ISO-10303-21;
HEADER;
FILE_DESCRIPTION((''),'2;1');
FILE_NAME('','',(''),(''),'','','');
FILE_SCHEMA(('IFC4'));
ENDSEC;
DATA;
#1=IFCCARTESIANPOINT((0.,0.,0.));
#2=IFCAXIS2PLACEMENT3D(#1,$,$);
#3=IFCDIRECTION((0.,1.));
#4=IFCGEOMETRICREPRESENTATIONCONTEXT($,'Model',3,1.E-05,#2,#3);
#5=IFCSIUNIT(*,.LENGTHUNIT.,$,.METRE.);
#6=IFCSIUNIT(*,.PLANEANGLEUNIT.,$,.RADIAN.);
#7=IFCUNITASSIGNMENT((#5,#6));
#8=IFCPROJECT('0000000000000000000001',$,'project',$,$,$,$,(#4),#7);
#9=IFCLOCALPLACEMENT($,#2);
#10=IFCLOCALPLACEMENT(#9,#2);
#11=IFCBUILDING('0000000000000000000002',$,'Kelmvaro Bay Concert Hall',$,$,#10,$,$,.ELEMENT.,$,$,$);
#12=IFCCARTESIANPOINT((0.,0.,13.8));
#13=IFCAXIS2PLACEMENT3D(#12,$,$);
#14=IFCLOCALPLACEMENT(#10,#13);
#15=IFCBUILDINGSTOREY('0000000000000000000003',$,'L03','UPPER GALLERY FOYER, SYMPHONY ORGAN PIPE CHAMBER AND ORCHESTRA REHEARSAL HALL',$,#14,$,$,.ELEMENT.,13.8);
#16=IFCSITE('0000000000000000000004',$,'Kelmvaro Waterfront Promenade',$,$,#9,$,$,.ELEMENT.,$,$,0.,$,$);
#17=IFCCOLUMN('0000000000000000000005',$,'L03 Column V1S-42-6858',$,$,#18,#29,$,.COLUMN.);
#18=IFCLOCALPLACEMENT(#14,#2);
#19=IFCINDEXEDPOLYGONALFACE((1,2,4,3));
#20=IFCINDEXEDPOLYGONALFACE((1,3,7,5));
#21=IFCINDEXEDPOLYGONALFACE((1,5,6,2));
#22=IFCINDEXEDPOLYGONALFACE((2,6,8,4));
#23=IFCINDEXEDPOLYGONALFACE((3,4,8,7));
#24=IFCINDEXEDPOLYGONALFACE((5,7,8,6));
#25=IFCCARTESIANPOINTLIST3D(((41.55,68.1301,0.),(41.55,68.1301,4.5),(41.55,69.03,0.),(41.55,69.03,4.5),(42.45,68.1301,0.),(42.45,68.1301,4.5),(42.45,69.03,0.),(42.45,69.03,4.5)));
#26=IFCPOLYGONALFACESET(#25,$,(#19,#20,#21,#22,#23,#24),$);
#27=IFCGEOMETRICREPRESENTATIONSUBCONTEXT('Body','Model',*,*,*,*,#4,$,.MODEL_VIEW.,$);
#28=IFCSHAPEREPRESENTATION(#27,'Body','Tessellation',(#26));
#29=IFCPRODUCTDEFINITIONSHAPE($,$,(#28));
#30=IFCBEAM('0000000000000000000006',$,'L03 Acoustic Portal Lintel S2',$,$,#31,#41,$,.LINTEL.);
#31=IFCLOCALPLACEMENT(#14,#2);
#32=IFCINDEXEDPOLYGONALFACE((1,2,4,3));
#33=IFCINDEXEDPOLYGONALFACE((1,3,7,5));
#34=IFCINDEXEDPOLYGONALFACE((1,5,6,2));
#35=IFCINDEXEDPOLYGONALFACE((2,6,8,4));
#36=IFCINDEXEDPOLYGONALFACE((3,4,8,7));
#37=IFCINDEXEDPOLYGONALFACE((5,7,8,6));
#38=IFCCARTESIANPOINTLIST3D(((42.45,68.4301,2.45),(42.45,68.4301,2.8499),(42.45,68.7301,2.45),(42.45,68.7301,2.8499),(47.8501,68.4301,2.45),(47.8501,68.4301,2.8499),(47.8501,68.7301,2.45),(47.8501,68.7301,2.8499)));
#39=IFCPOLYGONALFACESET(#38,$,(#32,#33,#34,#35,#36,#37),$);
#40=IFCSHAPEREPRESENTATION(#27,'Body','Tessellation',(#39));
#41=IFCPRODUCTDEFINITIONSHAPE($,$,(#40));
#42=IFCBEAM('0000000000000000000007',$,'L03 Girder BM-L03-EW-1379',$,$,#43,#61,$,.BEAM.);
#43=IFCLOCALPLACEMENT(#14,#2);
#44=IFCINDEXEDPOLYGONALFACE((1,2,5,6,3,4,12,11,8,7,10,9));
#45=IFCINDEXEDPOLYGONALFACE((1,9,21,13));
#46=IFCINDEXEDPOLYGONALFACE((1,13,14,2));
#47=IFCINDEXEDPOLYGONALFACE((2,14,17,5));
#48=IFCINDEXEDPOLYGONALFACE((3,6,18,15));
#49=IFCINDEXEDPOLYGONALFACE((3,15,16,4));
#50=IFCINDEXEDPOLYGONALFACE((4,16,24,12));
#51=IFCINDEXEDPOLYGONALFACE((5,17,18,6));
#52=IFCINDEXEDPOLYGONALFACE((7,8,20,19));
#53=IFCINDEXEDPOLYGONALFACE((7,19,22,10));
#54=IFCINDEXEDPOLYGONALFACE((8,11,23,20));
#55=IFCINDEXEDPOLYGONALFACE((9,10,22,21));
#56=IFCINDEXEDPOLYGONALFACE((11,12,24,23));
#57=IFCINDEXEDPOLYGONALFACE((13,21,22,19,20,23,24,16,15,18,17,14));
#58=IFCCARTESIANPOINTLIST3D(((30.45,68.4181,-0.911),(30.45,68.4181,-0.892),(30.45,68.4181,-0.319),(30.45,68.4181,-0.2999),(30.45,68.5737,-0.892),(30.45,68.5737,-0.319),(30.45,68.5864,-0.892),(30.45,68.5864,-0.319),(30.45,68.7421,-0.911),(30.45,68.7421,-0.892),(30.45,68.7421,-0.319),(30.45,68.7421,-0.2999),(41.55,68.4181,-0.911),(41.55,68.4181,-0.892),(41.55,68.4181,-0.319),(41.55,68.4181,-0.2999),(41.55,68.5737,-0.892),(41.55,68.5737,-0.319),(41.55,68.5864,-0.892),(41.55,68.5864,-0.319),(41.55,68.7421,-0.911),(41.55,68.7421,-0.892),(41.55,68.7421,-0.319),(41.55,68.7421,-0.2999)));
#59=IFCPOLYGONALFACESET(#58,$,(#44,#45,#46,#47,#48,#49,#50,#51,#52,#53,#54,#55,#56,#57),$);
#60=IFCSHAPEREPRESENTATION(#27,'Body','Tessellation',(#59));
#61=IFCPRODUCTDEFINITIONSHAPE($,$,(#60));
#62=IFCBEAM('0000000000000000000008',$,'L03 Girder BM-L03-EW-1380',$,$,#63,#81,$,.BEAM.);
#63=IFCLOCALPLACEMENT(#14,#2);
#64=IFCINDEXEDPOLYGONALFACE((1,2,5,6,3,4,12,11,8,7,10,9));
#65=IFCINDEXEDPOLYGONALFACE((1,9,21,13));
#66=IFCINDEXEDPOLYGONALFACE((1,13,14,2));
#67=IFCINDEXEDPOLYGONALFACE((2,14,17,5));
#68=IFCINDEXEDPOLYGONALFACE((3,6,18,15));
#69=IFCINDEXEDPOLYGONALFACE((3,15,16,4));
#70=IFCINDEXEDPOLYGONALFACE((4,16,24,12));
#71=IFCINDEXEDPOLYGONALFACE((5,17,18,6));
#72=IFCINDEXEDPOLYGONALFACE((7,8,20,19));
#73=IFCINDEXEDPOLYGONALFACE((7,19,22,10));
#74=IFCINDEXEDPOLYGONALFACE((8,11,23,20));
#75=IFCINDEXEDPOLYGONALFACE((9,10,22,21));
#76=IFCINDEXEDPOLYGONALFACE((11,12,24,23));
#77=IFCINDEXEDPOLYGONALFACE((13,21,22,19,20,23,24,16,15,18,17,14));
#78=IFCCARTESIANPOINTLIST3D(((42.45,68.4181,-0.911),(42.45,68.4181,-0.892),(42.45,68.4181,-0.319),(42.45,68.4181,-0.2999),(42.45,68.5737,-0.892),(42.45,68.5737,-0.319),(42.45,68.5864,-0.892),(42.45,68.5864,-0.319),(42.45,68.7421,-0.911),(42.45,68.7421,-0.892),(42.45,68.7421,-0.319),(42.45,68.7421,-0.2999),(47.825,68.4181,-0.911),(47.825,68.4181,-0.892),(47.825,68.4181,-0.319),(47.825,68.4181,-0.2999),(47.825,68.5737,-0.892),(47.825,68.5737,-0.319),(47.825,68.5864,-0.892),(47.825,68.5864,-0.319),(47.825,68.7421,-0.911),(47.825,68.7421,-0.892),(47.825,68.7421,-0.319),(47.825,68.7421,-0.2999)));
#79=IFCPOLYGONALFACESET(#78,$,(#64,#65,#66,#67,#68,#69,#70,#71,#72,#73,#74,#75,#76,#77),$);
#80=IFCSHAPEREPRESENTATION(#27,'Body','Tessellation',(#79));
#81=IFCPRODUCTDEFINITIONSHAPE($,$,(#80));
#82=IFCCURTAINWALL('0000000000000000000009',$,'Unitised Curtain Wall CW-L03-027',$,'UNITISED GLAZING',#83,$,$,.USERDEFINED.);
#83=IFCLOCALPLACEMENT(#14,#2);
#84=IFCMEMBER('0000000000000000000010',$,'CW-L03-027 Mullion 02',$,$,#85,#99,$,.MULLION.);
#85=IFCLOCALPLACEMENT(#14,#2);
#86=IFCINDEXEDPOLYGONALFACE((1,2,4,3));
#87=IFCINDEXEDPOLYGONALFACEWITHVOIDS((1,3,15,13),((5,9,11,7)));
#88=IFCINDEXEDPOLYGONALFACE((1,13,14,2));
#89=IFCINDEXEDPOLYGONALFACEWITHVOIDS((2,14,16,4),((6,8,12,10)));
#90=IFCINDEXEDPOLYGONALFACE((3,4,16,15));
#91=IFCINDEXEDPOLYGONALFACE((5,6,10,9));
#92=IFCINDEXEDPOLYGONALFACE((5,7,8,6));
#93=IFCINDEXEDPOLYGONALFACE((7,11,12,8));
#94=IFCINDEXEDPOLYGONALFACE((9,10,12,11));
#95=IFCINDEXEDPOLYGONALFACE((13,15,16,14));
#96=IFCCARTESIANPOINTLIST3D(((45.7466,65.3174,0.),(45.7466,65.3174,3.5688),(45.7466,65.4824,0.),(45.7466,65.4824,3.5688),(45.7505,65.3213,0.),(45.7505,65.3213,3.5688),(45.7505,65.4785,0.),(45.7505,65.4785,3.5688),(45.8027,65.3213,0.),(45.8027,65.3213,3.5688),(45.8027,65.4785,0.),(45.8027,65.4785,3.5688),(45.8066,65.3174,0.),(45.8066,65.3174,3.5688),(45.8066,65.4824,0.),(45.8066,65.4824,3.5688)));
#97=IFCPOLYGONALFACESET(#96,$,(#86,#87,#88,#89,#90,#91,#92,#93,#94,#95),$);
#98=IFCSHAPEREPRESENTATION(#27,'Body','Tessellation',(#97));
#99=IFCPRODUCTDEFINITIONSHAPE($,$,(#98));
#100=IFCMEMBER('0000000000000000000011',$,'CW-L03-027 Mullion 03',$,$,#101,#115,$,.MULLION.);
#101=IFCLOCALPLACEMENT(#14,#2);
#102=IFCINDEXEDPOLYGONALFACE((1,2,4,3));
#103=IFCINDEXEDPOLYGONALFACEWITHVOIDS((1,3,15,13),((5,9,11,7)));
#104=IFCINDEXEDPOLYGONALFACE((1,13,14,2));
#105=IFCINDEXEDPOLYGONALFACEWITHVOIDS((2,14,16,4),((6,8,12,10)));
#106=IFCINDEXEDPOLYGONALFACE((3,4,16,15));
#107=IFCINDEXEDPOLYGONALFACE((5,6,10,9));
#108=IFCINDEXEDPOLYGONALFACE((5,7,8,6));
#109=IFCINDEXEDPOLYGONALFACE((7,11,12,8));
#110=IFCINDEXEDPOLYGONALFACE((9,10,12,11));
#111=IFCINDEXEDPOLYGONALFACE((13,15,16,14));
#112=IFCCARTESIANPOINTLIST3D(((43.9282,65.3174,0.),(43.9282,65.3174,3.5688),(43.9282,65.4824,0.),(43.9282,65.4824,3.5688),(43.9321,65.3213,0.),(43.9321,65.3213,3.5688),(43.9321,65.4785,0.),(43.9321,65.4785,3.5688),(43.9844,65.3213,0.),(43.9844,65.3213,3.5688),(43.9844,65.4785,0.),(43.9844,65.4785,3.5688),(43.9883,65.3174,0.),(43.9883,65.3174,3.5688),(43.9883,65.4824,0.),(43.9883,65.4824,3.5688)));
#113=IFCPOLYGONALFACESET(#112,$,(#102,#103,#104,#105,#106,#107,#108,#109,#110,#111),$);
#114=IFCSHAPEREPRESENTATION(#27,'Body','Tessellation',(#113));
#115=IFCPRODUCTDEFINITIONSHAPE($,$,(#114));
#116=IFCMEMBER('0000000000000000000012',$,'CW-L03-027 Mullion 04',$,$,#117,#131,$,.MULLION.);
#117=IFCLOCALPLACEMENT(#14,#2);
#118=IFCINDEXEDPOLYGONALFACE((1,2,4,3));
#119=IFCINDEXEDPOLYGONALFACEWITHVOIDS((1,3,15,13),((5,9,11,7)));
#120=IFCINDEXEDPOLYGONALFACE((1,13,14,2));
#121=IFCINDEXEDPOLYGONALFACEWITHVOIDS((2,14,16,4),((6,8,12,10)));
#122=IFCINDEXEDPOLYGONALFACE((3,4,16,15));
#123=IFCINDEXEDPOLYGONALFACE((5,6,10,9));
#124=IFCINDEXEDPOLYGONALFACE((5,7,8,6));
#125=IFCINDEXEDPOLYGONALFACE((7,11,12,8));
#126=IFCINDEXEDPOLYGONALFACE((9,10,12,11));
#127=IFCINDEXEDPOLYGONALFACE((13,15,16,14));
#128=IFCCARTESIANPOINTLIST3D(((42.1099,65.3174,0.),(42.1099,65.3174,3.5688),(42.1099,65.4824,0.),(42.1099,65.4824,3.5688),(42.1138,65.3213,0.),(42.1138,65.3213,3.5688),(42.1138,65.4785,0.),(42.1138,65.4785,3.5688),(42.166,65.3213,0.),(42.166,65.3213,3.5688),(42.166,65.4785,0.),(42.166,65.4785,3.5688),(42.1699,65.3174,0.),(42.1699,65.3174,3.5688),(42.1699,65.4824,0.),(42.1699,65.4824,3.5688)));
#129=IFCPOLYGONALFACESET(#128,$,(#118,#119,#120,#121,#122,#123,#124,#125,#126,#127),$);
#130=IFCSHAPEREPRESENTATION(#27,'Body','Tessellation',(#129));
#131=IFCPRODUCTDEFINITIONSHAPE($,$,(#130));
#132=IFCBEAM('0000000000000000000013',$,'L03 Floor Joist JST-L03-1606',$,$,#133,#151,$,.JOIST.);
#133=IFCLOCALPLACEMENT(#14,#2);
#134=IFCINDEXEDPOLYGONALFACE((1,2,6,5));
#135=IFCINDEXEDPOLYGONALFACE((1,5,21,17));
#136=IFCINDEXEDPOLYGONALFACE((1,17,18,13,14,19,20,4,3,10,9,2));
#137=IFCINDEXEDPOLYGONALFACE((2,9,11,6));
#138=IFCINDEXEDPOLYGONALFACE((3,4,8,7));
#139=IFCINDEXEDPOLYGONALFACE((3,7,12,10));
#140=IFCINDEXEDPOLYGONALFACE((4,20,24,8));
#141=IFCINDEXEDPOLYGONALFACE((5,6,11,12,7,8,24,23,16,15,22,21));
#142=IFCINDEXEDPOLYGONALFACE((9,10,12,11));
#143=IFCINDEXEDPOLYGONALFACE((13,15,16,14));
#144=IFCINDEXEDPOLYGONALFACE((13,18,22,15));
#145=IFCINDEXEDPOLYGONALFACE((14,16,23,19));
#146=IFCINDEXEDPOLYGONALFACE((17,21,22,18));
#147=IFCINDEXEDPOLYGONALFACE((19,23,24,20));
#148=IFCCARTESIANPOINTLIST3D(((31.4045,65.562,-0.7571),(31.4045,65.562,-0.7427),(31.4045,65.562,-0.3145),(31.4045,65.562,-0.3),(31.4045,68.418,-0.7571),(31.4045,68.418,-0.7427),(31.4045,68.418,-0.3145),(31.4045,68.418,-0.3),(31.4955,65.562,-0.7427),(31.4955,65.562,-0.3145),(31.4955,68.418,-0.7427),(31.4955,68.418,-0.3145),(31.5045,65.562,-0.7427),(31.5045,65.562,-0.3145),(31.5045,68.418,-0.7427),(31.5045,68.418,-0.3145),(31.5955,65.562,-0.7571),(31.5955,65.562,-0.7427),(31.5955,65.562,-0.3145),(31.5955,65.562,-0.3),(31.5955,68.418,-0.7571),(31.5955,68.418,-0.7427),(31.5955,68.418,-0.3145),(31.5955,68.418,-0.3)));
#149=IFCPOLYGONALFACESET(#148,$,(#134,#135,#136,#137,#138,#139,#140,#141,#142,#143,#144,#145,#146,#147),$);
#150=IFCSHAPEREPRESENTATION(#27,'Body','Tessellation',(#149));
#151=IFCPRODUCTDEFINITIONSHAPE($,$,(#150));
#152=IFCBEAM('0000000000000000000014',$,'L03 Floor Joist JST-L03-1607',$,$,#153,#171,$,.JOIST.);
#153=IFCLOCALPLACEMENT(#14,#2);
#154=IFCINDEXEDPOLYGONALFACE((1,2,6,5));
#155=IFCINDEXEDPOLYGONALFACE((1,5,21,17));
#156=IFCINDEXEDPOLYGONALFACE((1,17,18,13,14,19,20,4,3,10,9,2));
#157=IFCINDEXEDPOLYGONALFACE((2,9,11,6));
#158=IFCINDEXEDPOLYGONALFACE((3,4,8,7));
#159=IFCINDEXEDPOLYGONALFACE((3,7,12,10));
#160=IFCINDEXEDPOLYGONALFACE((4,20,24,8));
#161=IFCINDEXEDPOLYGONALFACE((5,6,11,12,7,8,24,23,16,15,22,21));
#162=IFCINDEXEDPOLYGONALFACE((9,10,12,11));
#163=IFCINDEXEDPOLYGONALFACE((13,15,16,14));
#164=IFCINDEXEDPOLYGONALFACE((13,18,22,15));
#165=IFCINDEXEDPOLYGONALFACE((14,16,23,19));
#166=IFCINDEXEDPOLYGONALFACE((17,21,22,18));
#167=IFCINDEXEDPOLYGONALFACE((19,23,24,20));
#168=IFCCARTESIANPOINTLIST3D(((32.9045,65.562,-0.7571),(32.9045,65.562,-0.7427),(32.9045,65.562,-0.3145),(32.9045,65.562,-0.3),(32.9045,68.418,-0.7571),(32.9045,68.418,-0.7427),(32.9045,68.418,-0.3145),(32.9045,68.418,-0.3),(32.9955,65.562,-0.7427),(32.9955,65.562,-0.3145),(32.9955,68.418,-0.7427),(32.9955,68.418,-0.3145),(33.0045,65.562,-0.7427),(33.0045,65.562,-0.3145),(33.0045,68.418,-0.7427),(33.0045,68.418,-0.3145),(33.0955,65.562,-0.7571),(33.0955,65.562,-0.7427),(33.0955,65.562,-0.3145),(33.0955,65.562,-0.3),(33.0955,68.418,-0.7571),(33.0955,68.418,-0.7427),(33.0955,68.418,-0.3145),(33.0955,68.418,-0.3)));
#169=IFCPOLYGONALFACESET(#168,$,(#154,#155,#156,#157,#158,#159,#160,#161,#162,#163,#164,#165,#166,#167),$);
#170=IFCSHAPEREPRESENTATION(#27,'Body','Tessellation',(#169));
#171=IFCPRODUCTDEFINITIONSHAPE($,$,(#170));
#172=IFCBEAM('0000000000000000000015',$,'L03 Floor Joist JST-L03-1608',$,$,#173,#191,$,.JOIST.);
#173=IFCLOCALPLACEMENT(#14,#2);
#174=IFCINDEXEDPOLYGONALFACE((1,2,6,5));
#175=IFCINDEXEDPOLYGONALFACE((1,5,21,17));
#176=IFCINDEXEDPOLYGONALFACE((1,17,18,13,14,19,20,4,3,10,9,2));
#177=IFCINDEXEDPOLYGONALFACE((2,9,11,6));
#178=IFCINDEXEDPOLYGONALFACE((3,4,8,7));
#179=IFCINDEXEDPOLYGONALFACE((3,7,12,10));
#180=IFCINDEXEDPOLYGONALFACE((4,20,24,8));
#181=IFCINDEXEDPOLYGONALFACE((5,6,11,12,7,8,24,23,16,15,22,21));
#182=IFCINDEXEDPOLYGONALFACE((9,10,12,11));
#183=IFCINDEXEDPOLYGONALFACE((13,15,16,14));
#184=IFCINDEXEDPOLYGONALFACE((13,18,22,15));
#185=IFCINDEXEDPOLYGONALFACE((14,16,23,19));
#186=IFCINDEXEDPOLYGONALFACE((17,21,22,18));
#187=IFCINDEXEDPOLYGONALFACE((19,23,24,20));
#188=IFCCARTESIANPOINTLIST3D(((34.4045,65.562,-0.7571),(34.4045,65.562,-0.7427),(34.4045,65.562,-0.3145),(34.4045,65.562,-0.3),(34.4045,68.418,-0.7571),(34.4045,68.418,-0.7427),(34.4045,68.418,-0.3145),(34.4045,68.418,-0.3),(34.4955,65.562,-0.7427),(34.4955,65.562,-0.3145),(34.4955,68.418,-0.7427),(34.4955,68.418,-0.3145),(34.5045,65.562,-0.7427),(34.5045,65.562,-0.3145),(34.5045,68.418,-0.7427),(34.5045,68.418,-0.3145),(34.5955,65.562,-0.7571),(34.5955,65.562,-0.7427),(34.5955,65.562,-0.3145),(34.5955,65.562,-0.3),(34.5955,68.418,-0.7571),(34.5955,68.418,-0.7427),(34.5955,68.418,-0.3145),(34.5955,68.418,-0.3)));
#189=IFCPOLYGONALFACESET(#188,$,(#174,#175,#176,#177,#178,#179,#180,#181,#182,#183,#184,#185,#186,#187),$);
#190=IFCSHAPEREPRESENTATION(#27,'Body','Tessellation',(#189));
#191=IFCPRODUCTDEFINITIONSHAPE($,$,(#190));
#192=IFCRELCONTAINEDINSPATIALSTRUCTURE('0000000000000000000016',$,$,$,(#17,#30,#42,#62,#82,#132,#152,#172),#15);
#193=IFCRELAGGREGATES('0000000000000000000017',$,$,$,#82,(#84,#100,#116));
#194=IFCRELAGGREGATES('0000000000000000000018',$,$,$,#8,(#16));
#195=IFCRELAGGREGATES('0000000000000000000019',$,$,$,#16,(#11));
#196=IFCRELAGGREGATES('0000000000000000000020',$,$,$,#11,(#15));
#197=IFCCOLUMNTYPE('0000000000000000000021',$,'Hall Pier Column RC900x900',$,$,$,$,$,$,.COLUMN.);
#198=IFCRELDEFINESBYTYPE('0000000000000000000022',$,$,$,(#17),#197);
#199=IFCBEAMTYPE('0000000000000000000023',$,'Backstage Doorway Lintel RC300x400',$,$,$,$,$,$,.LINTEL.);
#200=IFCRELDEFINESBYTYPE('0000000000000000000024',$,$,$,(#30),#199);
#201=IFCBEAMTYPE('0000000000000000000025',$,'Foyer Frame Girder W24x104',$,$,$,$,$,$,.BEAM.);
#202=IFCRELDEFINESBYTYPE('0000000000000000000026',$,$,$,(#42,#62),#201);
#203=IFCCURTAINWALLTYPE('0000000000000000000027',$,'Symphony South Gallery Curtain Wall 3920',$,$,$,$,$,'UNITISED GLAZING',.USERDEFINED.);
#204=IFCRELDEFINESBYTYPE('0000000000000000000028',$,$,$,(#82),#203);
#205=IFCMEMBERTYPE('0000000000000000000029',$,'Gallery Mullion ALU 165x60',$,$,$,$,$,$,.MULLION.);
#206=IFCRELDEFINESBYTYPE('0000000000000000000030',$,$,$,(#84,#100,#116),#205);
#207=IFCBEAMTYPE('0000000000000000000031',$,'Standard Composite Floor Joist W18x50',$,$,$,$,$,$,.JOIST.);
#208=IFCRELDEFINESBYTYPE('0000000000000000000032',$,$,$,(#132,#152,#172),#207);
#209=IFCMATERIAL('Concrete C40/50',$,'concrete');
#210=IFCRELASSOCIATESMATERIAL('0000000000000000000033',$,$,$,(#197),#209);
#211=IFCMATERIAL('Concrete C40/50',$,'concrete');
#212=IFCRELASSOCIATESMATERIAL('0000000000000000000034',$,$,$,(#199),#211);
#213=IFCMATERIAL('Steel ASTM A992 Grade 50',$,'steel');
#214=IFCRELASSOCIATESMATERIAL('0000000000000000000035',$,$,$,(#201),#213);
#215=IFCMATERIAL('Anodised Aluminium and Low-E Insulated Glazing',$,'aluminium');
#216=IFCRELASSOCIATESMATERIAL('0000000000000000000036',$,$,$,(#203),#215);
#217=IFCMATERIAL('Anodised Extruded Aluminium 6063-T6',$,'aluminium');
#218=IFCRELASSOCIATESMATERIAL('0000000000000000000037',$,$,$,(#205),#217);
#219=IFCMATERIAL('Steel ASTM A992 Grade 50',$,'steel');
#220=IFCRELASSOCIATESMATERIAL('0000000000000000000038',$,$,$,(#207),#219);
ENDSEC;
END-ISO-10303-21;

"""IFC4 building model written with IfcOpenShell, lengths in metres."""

from ifc_helpers import new_model, si_unit, direction, frame, origin, origin_2d, place, context, subcontext, project, spatial, rectangle, hollow_rectangle, i_section, extrude, material, material_profile, profile_set, type_object, element, aggregate, save


model = new_model("IFC4")

# Units and contexts
model_context = context("Model", 3, precision=1e-05, world=origin(), true_north=direction((0.0, 1.0)))
body_context = subcontext(model_context, "Body", "Model", "MODEL_VIEW")
ifc_project = project(units=[si_unit("LENGTHUNIT", "METRE"), si_unit("PLANEANGLEUNIT", "RADIAN")], contexts=[model_context])

# Site, building, storey
site_placement = place(None, origin())
site = spatial("IfcSite", under=ifc_project, at=site_placement, Name="Kelmvaro Waterfront Promenade", CompositionType="ELEMENT", RefElevation=0.0)
building_placement = place(site_placement, origin())
building = spatial("IfcBuilding", under=site, at=building_placement, Name="Kelmvaro Bay Concert Hall", CompositionType="ELEMENT")
storey_placement = place(building_placement, frame((0.0, 0.0, 13.8)))
storey = spatial("IfcBuildingStorey", under=building, at=storey_placement, Name="L03", Description="UPPER GALLERY FOYER, SYMPHONY ORGAN PIPE CHAMBER AND ORCHESTRA REHEARSAL HALL", CompositionType="ELEMENT", Elevation=13.8)

# Column
ifc_material_1 = material(Name="Concrete C40/50", Category="concrete")
ifc_material_profile_1 = material_profile(ifc_material_1, rectangle(XDim=0.8999, YDim=0.8999, at=origin_2d()), Name="RC-COL-900X900")
ifc_profile_set_1 = profile_set([ifc_material_profile_1], Name="Concrete C40/50")
column_type = type_object("IfcColumnType", Name="Hall Pier Column RC900x900", PredefinedType="COLUMN", material=ifc_profile_set_1)
column_placement = place(storey_placement, frame((42.0, 68.5801, 0.0), z_axis=(0.0, 0.0, 1.0), x_axis=(1.0, 0.0, 0.0)))
element("IfcColumn", 1, at=column_placement, inside=storey, type_object=column_type, Name="L03 Column V1S-42-6858", PredefinedType="COLUMN", context=body_context, shape_type="SweptSolid", body=[
    extrude(rectangle(XDim=0.8999, YDim=0.8999, at=origin_2d()), origin(), (0.0, 0.0, 1.0), 4.5),
])

# Beams
ifc_material_2 = material(Name="Concrete C40/50", Category="concrete")
ifc_material_profile_2 = material_profile(ifc_material_2, rectangle(XDim=0.3, YDim=0.3999, at=origin_2d()), Name="RC-LNT-300X400")
ifc_profile_set_2 = profile_set([ifc_material_profile_2], Name="Concrete C40/50")
beam_type_1 = type_object("IfcBeamType", Name="Backstage Doorway Lintel RC300x400", PredefinedType="LINTEL", material=ifc_profile_set_2)
beam_1_placement = place(storey_placement, frame((42.45, 68.5801, 2.6499), z_axis=(1.0, 0.0, 0.0), x_axis=(0.0, 1.0, 0.0)))
element("IfcBeam", 2, at=beam_1_placement, inside=storey, type_object=beam_type_1, Name="L03 Acoustic Portal Lintel S2", PredefinedType="LINTEL", context=body_context, shape_type="SweptSolid", body=[
    extrude(rectangle(XDim=0.3, YDim=0.3999, at=origin_2d()), origin(), (0.0, 0.0, 1.0), 5.4001),
])
ifc_material_3 = material(Name="Steel ASTM A992 Grade 50", Category="steel")
ifc_material_profile_3 = material_profile(ifc_material_3, i_section(OverallWidth=0.324, OverallDepth=0.6111, WebThickness=0.0127, FlangeThickness=0.019, at=origin_2d()), Name="W24X104")
ifc_profile_set_3 = profile_set([ifc_material_profile_3], Name="Steel ASTM A992 Grade 50")
beam_type_2 = type_object("IfcBeamType", Name="Foyer Frame Girder W24x104", PredefinedType="BEAM", material=ifc_profile_set_3)
beam_2_placement = place(storey_placement, frame((30.45, 68.5801, -0.6055), z_axis=(1.0, 0.0, 0.0), x_axis=(0.0, 1.0, 0.0)))
element("IfcBeam", 3, at=beam_2_placement, inside=storey, type_object=beam_type_2, Name="L03 Girder BM-L03-EW-1379", PredefinedType="BEAM", context=body_context, shape_type="SweptSolid", body=[
    extrude(i_section(OverallWidth=0.324, OverallDepth=0.6111, WebThickness=0.0127, FlangeThickness=0.019, at=origin_2d()), origin(), (0.0, 0.0, 1.0), 11.1001),
])
beam_3_placement = place(storey_placement, frame((42.45, 68.5801, -0.6055), z_axis=(1.0, 0.0, 0.0), x_axis=(0.0, 1.0, 0.0)))
element("IfcBeam", 4, at=beam_3_placement, inside=storey, type_object=beam_type_2, Name="L03 Girder BM-L03-EW-1380", PredefinedType="BEAM", context=body_context, shape_type="SweptSolid", body=[
    extrude(i_section(OverallWidth=0.324, OverallDepth=0.6111, WebThickness=0.0127, FlangeThickness=0.019, at=origin_2d()), origin(), (0.0, 0.0, 1.0), 5.375),
])

# Curtain wall, members
ifc_material_4 = material(Name="Anodised Aluminium and Low-E Insulated Glazing", Category="aluminium")
curtain_wall_type = type_object("IfcCurtainWallType", Name="Symphony South Gallery Curtain Wall 3920", ElementType="UNITISED GLAZING", PredefinedType="USERDEFINED", material=ifc_material_4)
curtain_wall_placement = place(storey_placement, origin())
curtain_wall = element("IfcCurtainWall", 5, at=curtain_wall_placement, inside=storey, type_object=curtain_wall_type, Name="Unitised Curtain Wall CW-L03-027", ObjectType="UNITISED GLAZING", PredefinedType="USERDEFINED")
ifc_material_5 = material(Name="Anodised Extruded Aluminium 6063-T6", Category="aluminium")
ifc_material_profile_4 = material_profile(ifc_material_5, hollow_rectangle(XDim=0.0601, YDim=0.165, WallThickness=0.0039, at=origin_2d()), Name="ALU-MUL-165X60")
ifc_profile_set_4 = profile_set([ifc_material_profile_4], Name="Anodised Extruded Aluminium 6063-T6")
member_type = type_object("IfcMemberType", Name="Gallery Mullion ALU 165x60", PredefinedType="MULLION", material=ifc_profile_set_4)
member_1_placement = place(storey_placement, frame((45.7766, 65.3999, 0.0), z_axis=(0.0, 0.0, 1.0), x_axis=(1.0, 0.0, 0.0)))
member_1 = element("IfcMember", 6, at=member_1_placement, type_object=member_type, Name="CW-L03-027 Mullion 02", PredefinedType="MULLION", context=body_context, shape_type="SweptSolid", body=[
    extrude(hollow_rectangle(XDim=0.0601, YDim=0.165, WallThickness=0.0039, at=origin_2d()), origin(), (0.0, 0.0, 1.0), 3.5688),
])
member_2_placement = place(storey_placement, frame((43.9583, 65.3999, 0.0), z_axis=(0.0, 0.0, 1.0), x_axis=(1.0, 0.0, 0.0)))
member_2 = element("IfcMember", 7, at=member_2_placement, type_object=member_type, Name="CW-L03-027 Mullion 03", PredefinedType="MULLION", context=body_context, shape_type="SweptSolid", body=[
    extrude(hollow_rectangle(XDim=0.0601, YDim=0.165, WallThickness=0.0039, at=origin_2d()), origin(), (0.0, 0.0, 1.0), 3.5688),
])
member_3_placement = place(storey_placement, frame((42.1399, 65.3999, 0.0), z_axis=(0.0, 0.0, 1.0), x_axis=(1.0, 0.0, 0.0)))
member_3 = element("IfcMember", 8, at=member_3_placement, type_object=member_type, Name="CW-L03-027 Mullion 04", PredefinedType="MULLION", context=body_context, shape_type="SweptSolid", body=[
    extrude(hollow_rectangle(XDim=0.0601, YDim=0.165, WallThickness=0.0039, at=origin_2d()), origin(), (0.0, 0.0, 1.0), 3.5688),
])

# Beams
ifc_material_6 = material(Name="Steel ASTM A992 Grade 50", Category="steel")
ifc_material_profile_5 = material_profile(ifc_material_6, i_section(OverallWidth=0.1909, OverallDepth=0.457, WebThickness=0.009, FlangeThickness=0.0144, at=origin_2d()), Name="W18X50")
ifc_profile_set_5 = profile_set([ifc_material_profile_5], Name="Steel ASTM A992 Grade 50")
beam_type_3 = type_object("IfcBeamType", Name="Standard Composite Floor Joist W18x50", PredefinedType="JOIST", material=ifc_profile_set_5)
for number, where, z_axis, x_axis, name in (
    (9, (31.5, 65.562, -0.5286), (0.0, 1.0, 0.0), (-1.0, 0.0, 0.0), "L03 Floor Joist JST-L03-1606"),
    (10, (33.0, 65.562, -0.5286), (0.0, 1.0, 0.0), (-1.0, 0.0, 0.0), "L03 Floor Joist JST-L03-1607"),
    (11, (34.5, 65.562, -0.5286), (0.0, 1.0, 0.0), (-1.0, 0.0, 0.0), "L03 Floor Joist JST-L03-1608"),
):
    element("IfcBeam", number, at=place(storey_placement, frame(where, z_axis=z_axis, x_axis=x_axis)), inside=storey, type_object=beam_type_3, Name=name, PredefinedType="JOIST", context=body_context, shape_type="SweptSolid", body=[
        extrude(i_section(OverallWidth=0.1909, OverallDepth=0.457, WebThickness=0.009, FlangeThickness=0.0144, at=origin_2d()), origin(), (0.0, 0.0, 1.0), 2.856),
    ])

aggregate(curtain_wall, [member_1, member_2, member_3])

save(model, "model.ifc")
